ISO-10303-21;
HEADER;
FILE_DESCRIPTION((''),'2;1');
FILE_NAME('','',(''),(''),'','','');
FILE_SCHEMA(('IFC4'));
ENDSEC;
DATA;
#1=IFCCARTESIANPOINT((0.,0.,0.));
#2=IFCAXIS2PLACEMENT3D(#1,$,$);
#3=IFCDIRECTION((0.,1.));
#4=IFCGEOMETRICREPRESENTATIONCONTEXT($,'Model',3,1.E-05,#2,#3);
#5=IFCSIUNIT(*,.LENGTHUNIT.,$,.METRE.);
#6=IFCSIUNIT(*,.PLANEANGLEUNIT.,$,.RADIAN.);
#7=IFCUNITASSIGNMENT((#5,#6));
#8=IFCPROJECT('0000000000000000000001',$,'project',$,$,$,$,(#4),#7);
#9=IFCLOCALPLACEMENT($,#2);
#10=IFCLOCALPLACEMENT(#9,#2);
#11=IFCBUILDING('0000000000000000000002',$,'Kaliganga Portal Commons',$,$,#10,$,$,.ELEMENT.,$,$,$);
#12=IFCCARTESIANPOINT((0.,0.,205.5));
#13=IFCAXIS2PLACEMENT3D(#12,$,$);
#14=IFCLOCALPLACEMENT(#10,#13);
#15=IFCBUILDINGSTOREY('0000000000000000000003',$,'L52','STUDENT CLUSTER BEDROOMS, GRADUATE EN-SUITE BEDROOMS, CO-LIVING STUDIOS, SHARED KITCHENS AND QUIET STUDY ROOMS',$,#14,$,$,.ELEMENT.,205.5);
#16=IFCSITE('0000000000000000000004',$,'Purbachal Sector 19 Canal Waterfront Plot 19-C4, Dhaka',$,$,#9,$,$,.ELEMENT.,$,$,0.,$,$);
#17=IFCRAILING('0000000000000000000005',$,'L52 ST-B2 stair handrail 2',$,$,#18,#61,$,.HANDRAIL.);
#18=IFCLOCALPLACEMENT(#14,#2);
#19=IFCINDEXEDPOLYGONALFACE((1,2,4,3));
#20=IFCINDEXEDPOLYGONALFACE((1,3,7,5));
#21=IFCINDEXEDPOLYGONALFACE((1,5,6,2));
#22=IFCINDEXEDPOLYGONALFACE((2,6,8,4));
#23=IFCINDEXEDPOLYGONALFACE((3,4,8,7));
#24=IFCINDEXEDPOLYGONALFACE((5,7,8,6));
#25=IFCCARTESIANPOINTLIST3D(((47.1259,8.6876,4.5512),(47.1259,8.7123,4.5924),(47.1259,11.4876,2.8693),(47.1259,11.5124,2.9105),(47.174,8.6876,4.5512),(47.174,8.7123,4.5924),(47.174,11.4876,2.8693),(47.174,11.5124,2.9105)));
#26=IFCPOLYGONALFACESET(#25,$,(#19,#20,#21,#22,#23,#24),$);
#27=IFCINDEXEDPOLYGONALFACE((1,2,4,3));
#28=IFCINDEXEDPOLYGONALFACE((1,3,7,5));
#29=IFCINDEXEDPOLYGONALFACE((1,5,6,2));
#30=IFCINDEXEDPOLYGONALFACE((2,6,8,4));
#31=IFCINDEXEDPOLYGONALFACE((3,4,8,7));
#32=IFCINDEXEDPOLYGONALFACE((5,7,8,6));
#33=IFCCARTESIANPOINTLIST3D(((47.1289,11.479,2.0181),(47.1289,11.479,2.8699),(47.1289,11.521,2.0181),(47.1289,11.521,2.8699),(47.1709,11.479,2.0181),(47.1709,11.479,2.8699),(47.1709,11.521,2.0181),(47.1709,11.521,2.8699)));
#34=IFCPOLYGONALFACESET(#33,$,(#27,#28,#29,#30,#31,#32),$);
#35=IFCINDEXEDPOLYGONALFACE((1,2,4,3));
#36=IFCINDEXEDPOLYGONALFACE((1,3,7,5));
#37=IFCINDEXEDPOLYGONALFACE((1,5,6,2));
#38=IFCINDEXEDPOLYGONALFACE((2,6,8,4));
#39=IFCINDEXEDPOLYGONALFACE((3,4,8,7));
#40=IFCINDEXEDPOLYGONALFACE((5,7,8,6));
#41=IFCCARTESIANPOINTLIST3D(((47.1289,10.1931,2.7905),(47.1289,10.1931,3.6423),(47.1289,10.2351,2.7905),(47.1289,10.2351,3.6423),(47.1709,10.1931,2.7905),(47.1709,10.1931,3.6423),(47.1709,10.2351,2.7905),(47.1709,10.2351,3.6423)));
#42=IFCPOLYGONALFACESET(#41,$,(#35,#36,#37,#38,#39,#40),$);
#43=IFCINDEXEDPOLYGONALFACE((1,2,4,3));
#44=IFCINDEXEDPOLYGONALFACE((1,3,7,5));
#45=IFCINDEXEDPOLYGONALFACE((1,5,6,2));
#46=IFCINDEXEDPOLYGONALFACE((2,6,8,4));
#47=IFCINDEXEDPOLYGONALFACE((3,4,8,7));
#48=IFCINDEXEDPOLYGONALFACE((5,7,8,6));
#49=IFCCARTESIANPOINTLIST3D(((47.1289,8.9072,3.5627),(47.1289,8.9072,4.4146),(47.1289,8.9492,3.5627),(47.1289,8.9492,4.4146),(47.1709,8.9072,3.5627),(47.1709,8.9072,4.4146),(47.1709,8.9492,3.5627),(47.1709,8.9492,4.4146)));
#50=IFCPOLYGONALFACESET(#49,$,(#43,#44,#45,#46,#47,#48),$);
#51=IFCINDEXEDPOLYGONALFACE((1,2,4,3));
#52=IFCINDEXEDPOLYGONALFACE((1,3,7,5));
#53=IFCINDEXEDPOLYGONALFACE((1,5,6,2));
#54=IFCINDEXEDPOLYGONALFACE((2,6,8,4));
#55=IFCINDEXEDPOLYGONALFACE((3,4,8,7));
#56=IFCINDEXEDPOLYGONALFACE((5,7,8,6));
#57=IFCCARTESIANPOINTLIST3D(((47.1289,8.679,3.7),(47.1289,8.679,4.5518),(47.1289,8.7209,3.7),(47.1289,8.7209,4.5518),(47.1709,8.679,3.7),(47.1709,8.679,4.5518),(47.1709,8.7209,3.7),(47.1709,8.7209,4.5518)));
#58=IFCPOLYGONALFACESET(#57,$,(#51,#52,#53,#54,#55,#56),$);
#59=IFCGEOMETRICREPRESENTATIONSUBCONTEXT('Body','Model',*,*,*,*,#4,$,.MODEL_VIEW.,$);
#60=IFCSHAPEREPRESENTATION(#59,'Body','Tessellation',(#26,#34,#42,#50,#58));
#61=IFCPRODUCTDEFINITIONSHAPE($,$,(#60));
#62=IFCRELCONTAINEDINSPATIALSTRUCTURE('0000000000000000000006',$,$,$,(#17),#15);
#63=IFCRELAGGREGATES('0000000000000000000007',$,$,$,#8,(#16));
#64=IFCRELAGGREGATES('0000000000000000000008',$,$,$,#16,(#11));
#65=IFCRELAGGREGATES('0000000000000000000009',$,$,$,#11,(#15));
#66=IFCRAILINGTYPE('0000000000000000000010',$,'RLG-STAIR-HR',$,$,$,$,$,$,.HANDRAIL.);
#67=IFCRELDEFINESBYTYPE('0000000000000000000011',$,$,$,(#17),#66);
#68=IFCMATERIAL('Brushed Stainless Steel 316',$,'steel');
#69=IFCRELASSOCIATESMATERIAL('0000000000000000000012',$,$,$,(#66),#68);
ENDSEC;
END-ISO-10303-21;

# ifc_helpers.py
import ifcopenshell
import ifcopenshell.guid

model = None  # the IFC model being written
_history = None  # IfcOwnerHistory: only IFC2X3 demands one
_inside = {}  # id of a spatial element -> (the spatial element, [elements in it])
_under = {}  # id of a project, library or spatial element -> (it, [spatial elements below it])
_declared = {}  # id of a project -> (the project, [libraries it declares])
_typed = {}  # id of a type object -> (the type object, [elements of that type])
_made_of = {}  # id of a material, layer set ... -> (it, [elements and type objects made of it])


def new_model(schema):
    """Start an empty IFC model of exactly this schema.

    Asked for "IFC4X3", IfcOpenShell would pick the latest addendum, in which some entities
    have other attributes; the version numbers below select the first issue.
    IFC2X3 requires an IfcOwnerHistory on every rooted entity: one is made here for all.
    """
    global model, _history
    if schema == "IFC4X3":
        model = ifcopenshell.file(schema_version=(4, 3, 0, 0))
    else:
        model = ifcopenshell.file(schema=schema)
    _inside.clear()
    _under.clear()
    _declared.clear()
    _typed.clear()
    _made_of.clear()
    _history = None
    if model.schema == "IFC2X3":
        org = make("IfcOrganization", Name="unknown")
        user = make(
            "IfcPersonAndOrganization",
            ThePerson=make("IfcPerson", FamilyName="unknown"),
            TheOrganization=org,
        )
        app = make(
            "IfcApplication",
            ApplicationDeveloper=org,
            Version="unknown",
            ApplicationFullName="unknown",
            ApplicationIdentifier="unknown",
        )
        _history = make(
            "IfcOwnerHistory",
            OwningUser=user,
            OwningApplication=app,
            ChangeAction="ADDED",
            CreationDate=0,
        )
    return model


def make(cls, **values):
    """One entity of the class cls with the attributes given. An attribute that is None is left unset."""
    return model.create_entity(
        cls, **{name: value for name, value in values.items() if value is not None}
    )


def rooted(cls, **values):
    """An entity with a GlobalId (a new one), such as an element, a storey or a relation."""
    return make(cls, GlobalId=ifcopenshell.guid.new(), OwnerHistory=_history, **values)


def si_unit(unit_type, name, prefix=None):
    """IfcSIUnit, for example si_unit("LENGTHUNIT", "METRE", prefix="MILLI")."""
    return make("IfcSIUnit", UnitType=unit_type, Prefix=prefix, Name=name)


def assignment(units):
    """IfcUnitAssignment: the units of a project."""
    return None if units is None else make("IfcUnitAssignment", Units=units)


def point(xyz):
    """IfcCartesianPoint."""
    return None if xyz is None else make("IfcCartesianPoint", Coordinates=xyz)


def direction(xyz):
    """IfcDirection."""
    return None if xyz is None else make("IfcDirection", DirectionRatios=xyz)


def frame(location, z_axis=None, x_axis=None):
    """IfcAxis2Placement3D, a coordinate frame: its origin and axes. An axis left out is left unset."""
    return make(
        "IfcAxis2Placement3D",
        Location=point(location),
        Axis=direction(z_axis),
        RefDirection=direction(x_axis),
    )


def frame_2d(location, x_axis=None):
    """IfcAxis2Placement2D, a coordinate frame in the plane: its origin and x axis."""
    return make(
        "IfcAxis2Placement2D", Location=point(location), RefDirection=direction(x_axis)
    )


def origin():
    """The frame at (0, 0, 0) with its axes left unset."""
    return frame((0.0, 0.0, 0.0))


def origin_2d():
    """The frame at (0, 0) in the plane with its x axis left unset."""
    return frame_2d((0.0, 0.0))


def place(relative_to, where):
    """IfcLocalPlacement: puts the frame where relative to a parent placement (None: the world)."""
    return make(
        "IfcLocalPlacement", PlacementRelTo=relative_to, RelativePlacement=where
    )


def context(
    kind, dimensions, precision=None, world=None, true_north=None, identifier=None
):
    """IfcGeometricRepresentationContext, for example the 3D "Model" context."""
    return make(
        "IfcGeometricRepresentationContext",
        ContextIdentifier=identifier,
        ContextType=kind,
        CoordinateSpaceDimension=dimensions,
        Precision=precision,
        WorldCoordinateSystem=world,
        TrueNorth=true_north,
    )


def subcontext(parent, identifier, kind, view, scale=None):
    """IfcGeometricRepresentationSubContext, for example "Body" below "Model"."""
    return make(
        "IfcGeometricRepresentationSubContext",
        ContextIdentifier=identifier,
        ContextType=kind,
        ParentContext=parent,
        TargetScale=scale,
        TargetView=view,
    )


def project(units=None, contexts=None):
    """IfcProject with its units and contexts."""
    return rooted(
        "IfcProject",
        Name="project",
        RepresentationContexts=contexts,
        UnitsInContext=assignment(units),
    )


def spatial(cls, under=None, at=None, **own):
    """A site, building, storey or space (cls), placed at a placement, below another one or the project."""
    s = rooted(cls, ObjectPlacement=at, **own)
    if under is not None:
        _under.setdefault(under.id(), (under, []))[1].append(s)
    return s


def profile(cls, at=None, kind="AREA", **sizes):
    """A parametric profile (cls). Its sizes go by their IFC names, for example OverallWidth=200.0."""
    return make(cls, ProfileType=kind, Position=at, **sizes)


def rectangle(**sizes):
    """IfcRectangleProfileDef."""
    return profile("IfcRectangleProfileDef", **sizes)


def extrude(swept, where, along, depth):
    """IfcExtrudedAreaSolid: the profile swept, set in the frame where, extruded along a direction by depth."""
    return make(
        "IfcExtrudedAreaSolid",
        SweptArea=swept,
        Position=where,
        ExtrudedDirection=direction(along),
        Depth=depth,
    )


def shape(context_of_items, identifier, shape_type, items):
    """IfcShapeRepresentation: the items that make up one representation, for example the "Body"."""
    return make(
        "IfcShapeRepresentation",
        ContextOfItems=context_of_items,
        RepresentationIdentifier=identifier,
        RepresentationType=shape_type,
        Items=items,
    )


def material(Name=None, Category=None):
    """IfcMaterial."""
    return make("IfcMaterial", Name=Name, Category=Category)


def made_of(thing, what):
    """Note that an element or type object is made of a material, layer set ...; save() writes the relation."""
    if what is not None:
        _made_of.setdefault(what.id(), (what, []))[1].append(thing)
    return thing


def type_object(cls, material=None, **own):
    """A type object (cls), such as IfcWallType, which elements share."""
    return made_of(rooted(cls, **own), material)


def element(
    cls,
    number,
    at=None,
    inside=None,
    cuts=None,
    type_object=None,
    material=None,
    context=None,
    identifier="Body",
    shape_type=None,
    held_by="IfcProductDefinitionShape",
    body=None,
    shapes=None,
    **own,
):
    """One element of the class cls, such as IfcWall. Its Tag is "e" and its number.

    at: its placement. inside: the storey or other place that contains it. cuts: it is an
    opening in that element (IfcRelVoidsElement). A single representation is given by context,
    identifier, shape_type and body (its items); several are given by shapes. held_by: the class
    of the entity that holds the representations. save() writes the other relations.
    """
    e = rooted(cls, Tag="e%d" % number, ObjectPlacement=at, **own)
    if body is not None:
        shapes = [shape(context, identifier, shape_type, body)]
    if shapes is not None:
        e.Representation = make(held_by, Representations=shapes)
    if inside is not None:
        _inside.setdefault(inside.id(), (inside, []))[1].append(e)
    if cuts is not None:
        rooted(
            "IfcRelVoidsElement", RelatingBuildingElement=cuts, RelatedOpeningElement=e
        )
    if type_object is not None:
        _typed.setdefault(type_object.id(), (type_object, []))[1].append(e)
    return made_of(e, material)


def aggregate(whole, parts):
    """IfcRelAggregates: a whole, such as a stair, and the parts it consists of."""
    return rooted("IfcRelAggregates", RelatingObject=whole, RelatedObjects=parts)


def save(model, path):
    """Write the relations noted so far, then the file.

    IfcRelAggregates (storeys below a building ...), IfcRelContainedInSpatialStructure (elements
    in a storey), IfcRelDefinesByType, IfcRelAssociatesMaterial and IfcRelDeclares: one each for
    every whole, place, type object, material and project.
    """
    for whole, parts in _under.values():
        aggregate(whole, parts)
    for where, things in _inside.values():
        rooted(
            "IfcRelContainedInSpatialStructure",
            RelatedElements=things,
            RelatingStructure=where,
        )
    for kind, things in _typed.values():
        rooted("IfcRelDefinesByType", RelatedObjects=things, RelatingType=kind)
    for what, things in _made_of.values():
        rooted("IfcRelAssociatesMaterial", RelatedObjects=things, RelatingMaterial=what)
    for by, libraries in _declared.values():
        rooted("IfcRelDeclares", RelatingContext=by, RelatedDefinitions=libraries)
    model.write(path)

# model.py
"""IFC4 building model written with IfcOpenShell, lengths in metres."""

from ifc_helpers import new_model, si_unit, direction, frame, origin, origin_2d, place, context, subcontext, project, spatial, rectangle, extrude, material, type_object, element, save


model = new_model("IFC4")

# Units and contexts
model_context = context("Model", 3, precision=1e-05, world=origin(), true_north=direction((0.0, 1.0)))
body_context = subcontext(model_context, "Body", "Model", "MODEL_VIEW")
ifc_project = project(units=[si_unit("LENGTHUNIT", "METRE"), si_unit("PLANEANGLEUNIT", "RADIAN")], contexts=[model_context])

# Site, building, storey
site_placement = place(None, origin())
site = spatial("IfcSite", under=ifc_project, at=site_placement, Name="Purbachal Sector 19 Canal Waterfront Plot 19-C4, Dhaka", CompositionType="ELEMENT", RefElevation=0.0)
building_placement = place(site_placement, origin())
building = spatial("IfcBuilding", under=site, at=building_placement, Name="Kaliganga Portal Commons", CompositionType="ELEMENT")
storey_placement = place(building_placement, frame((0.0, 0.0, 205.5)))
storey = spatial("IfcBuildingStorey", under=building, at=storey_placement, Name="L52", Description="STUDENT CLUSTER BEDROOMS, GRADUATE EN-SUITE BEDROOMS, CO-LIVING STUDIOS, SHARED KITCHENS AND QUIET STUDY ROOMS", CompositionType="ELEMENT", Elevation=205.5)

# Railing
ifc_material_1 = material(Name="Brushed Stainless Steel 316", Category="steel")
railing_type_1 = type_object("IfcRailingType", Name="RLG-STAIR-HR", PredefinedType="HANDRAIL", material=ifc_material_1)
railing_1_placement = place(storey_placement, frame((47.1499, 11.5, 2.0181)))
element("IfcRailing", 1, at=railing_1_placement, inside=storey, type_object=railing_type_1, Name="L52 ST-B2 stair handrail 2", PredefinedType="HANDRAIL", context=body_context, shape_type="SweptSolid", body=[
    extrude(rectangle(XDim=0.0481, YDim=0.0481, at=origin_2d()), frame((0.0, 0.0, 0.8718), z_axis=(0.0, -0.857242, 0.514913), x_axis=(1.0, 0.0, 0.0)), (0.0, 0.0, 1.0), 3.2664),
    extrude(rectangle(XDim=0.042, YDim=0.042, at=origin_2d()), origin(), (0.0, 0.0, 1.0), 0.8518),
    extrude(rectangle(XDim=0.042, YDim=0.042, at=origin_2d()), frame((0.0, -1.2859, 0.7725)), (0.0, 0.0, 1.0), 0.8518),
    extrude(rectangle(XDim=0.042, YDim=0.042, at=origin_2d()), frame((0.0, -2.5718, 1.5447)), (0.0, 0.0, 1.0), 0.8518),
    extrude(rectangle(XDim=0.042, YDim=0.042, at=origin_2d()), frame((0.0, -2.8, 1.6819)), (0.0, 0.0, 1.0), 0.8518),
])

save(model, "model.ifc")
